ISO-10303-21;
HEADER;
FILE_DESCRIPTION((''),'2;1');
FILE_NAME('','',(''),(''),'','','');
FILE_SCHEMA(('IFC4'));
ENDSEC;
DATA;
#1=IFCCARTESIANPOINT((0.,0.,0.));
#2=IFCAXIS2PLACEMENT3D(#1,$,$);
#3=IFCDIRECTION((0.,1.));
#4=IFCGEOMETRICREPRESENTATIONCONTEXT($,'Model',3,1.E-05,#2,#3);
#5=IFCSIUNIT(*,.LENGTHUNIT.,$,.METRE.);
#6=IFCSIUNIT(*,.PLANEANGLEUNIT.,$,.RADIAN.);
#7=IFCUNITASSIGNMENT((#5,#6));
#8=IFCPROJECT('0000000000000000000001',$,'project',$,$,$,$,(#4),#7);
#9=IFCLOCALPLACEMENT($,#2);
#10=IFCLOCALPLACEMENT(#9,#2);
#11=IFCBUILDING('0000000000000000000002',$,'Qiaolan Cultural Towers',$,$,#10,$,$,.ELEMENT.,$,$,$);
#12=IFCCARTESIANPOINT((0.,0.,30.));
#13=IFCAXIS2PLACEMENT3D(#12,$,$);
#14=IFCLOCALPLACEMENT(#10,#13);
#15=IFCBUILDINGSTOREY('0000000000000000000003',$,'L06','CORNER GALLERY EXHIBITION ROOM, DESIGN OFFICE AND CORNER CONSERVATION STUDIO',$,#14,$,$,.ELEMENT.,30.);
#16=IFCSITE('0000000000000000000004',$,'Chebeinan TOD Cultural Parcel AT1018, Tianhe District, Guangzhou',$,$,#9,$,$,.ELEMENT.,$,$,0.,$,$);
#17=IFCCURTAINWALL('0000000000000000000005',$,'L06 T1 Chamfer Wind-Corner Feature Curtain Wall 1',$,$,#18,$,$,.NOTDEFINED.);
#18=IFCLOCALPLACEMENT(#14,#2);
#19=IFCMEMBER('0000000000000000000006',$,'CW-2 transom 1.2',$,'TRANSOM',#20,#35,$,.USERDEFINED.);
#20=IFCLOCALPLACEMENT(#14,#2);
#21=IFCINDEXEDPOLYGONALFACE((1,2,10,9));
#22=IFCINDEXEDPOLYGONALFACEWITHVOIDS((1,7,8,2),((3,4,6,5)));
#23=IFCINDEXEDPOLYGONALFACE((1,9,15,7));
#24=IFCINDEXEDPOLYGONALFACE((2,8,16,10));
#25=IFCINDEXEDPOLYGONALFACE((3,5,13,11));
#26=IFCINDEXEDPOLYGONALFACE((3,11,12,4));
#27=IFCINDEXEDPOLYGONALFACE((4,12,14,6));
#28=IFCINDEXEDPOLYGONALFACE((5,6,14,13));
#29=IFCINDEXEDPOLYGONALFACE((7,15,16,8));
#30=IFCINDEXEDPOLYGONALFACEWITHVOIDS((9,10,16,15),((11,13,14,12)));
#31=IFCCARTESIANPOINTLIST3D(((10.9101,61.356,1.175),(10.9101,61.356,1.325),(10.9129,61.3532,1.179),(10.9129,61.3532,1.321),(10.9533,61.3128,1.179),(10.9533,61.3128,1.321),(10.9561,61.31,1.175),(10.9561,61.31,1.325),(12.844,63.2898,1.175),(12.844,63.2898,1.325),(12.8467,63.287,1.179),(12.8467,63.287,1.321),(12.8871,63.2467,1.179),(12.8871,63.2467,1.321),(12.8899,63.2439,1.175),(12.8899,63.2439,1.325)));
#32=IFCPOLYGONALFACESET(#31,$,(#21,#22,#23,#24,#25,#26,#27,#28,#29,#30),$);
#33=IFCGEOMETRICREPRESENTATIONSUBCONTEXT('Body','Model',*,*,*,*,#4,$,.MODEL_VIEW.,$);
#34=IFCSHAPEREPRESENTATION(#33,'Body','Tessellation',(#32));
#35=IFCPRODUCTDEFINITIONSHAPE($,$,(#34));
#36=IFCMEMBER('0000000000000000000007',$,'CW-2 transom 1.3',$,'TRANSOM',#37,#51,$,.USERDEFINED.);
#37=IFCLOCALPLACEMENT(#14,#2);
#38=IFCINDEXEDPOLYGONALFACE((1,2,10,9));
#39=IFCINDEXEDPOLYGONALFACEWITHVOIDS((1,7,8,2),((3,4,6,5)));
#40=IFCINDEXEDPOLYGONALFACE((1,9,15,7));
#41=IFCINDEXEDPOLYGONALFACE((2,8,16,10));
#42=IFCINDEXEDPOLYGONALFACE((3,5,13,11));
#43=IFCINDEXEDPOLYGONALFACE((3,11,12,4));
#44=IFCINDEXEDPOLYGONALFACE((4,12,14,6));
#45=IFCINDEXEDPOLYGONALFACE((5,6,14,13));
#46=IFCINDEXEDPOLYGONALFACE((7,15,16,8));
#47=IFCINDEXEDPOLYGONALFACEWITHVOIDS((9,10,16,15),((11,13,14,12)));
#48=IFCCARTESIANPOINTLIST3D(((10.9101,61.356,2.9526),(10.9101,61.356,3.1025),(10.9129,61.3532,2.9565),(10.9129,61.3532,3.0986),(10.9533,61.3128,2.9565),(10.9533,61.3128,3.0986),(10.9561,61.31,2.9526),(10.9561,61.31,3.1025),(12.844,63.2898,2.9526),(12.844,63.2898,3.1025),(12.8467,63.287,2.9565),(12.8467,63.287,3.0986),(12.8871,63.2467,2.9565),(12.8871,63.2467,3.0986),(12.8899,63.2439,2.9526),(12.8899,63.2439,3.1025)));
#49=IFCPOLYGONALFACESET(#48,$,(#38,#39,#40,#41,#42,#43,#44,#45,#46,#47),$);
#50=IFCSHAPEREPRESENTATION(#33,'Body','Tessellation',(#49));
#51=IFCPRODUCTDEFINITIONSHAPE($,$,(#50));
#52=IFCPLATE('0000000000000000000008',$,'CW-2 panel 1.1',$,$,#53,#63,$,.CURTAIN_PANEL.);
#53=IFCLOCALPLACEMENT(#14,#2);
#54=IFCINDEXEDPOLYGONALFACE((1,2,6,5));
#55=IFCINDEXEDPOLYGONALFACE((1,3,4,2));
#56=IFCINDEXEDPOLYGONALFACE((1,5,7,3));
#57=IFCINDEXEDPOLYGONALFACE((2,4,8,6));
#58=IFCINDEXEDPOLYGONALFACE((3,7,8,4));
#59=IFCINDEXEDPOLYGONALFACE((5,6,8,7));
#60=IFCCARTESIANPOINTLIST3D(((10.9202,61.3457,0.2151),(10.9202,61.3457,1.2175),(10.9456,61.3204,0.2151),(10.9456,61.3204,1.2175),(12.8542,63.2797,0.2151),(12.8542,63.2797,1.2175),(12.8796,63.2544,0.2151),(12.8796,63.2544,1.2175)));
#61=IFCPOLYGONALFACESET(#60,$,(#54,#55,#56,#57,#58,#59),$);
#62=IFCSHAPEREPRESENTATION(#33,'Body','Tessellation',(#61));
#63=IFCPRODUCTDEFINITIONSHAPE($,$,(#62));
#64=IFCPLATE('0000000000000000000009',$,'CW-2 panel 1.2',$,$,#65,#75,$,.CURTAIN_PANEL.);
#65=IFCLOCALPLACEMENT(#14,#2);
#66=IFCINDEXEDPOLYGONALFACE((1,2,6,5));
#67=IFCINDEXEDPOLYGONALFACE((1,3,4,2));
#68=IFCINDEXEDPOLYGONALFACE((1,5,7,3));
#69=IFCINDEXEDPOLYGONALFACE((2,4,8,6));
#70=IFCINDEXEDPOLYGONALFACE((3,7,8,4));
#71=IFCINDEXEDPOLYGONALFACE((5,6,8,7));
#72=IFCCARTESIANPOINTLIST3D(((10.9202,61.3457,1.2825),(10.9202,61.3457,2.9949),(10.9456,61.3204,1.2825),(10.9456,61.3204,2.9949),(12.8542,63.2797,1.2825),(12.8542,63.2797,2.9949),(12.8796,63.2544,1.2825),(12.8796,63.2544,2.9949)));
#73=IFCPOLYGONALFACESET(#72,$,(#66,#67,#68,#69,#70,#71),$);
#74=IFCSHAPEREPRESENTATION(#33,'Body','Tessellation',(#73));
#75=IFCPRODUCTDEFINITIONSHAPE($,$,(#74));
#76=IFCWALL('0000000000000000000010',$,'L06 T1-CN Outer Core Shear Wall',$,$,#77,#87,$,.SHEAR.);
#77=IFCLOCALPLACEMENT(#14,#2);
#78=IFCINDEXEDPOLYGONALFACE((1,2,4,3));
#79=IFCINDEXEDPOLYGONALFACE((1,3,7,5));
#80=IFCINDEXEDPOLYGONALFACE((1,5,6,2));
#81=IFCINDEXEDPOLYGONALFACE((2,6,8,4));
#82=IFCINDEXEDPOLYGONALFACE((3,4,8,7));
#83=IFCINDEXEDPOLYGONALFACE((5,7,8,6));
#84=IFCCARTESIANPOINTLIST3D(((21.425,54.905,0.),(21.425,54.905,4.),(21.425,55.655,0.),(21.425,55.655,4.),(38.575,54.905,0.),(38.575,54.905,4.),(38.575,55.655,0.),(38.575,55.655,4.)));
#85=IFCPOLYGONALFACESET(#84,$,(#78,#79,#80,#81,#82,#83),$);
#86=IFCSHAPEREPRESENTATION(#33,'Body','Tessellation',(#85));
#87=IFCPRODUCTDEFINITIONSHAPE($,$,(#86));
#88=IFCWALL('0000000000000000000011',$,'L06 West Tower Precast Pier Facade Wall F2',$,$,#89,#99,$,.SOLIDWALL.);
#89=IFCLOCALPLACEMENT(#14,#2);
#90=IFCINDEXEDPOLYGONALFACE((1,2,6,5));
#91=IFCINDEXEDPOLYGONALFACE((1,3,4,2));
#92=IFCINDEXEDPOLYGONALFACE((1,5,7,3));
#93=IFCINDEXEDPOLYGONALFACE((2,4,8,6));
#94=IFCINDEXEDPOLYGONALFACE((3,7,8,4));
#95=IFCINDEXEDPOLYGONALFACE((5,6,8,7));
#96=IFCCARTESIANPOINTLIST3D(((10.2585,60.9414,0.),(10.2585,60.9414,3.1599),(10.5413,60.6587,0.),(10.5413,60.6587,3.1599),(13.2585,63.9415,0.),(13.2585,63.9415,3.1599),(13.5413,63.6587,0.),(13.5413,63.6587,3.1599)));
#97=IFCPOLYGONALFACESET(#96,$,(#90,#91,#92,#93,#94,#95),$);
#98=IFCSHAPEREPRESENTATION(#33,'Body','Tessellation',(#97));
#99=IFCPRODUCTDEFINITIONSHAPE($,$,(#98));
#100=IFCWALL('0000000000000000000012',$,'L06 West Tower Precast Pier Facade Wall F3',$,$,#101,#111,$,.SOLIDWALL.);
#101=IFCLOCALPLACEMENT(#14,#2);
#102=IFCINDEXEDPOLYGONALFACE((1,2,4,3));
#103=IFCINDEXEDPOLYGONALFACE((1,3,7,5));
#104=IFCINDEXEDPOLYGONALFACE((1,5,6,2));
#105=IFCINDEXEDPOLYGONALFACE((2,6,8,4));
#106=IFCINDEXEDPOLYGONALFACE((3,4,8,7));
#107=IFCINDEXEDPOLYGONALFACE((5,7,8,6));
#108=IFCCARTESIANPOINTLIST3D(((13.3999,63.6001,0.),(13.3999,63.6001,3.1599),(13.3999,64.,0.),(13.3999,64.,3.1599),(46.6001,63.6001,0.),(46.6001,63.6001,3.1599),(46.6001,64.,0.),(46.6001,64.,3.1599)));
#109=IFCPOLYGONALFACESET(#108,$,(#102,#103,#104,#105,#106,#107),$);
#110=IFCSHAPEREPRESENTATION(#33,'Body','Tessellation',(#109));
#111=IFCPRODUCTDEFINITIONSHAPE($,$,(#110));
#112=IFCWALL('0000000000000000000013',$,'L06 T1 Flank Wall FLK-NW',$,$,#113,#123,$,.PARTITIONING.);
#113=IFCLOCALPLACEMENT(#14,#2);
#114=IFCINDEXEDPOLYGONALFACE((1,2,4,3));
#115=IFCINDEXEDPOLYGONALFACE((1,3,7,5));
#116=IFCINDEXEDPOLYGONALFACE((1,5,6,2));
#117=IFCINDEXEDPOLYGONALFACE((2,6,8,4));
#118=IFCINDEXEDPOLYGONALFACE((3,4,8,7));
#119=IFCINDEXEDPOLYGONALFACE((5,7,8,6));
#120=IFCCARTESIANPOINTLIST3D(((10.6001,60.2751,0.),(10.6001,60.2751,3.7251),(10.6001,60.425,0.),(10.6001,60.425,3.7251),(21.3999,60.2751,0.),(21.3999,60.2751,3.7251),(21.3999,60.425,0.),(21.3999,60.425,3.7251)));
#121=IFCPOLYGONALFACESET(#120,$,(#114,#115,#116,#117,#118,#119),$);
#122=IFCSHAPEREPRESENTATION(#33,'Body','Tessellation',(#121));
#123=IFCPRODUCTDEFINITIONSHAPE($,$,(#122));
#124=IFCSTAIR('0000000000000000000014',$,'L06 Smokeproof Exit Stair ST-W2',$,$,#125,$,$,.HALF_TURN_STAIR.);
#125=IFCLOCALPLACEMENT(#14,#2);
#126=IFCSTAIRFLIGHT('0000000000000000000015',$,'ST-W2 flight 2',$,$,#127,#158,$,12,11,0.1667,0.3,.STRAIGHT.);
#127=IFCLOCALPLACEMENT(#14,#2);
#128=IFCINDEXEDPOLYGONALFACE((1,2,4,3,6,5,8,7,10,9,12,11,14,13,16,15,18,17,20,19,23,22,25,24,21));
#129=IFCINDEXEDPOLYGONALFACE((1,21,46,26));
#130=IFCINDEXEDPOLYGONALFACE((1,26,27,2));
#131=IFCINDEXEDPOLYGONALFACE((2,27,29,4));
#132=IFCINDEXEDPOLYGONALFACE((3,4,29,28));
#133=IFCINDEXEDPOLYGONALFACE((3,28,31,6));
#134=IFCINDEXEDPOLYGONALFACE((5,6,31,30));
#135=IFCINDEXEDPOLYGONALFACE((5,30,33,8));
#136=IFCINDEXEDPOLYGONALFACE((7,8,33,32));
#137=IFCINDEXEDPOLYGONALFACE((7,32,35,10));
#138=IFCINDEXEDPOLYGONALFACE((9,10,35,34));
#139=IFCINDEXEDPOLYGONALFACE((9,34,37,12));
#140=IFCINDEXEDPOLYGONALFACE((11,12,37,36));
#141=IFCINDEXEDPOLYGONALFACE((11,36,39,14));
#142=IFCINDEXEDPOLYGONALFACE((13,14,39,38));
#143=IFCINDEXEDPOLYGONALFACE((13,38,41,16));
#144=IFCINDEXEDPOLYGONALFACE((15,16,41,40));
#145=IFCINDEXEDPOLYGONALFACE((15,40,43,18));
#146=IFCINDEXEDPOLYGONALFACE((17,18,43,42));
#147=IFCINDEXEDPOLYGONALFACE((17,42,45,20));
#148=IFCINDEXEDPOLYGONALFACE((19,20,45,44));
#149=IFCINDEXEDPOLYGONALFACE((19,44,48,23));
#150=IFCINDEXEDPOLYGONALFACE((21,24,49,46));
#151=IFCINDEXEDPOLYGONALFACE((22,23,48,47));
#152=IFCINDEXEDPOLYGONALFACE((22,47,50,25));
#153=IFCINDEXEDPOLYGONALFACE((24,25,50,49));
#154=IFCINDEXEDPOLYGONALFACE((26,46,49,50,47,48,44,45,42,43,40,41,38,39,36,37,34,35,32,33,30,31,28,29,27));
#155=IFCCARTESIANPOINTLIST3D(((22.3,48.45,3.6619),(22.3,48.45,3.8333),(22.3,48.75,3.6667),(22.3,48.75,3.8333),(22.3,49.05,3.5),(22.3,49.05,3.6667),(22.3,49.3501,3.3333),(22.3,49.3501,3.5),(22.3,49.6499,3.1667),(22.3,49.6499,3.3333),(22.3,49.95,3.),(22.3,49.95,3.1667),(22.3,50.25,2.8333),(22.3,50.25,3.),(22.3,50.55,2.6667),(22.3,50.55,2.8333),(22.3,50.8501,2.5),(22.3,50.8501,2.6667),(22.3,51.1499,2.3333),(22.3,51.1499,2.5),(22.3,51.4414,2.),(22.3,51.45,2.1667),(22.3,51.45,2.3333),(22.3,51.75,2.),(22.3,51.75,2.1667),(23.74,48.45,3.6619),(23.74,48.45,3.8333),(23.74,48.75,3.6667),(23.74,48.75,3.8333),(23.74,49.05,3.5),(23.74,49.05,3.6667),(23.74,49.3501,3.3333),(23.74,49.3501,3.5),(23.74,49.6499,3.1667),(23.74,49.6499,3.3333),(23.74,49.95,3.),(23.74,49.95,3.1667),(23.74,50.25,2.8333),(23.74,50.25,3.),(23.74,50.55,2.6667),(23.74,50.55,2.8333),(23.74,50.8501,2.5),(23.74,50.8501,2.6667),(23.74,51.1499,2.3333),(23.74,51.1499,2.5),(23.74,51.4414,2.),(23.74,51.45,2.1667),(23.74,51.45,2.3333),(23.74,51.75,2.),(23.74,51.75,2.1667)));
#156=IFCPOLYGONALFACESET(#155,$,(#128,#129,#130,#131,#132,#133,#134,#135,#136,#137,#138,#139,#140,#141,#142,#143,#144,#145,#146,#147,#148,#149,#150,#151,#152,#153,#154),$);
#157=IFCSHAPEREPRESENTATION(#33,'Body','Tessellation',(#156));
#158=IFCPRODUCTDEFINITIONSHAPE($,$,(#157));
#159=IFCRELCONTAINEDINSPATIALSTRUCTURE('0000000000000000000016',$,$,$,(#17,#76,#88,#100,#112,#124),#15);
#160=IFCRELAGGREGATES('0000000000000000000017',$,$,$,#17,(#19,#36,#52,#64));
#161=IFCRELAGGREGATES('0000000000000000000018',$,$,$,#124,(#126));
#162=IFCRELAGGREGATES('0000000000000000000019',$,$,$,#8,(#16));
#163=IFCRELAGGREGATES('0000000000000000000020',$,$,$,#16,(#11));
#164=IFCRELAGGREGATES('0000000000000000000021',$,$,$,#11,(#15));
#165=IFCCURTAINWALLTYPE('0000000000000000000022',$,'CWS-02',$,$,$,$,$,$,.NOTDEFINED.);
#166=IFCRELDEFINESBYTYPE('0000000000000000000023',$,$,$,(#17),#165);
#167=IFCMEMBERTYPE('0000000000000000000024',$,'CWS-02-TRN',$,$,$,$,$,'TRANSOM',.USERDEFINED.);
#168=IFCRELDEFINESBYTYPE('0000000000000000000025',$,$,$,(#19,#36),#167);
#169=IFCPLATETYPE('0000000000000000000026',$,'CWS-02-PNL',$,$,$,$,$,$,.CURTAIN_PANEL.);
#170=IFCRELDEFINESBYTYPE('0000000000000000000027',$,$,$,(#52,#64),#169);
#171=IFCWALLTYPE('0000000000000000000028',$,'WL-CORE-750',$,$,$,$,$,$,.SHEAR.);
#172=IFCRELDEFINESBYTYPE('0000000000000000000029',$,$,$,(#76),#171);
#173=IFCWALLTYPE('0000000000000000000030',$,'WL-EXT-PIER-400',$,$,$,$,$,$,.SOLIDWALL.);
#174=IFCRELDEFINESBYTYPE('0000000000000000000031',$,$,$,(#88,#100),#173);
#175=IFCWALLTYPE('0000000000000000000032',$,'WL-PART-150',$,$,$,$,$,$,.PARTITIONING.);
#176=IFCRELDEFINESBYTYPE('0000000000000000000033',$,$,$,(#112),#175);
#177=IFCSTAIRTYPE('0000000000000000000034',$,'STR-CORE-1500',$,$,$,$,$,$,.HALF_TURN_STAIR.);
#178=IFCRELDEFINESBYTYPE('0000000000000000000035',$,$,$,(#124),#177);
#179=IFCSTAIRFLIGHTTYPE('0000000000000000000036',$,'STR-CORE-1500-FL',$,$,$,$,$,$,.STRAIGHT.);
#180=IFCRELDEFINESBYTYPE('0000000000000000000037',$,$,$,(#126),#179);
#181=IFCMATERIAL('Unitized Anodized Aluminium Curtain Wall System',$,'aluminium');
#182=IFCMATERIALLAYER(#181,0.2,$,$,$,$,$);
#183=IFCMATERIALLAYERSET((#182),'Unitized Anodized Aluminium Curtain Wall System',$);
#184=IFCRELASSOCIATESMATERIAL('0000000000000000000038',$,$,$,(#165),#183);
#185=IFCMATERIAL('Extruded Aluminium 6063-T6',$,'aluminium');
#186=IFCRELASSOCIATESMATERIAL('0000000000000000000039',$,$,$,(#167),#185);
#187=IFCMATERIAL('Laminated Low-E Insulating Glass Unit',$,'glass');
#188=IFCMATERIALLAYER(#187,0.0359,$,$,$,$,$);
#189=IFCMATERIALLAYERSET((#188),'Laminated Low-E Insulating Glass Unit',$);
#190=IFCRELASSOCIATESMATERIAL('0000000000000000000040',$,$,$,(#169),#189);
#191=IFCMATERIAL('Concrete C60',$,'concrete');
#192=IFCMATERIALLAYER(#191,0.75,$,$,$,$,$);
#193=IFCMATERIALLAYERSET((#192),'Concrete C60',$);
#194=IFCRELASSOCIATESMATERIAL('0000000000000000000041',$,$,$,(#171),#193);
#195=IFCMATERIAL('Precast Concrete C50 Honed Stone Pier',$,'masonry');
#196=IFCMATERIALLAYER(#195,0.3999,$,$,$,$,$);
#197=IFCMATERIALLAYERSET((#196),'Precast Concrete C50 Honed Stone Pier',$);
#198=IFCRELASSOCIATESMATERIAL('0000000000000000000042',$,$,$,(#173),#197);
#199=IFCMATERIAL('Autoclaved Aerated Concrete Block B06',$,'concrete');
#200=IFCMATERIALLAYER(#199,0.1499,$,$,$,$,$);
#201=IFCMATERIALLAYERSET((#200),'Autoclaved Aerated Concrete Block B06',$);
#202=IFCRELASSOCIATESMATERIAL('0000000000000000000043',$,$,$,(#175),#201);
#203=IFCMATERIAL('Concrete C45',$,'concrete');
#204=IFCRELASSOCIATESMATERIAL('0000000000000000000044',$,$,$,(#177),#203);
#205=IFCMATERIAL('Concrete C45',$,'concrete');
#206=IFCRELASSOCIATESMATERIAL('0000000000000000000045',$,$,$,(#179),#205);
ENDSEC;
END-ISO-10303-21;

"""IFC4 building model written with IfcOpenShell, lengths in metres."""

from ifc_helpers import new_model, si_unit, direction, frame, frame_2d, origin, origin_2d, place, context, subcontext, project, spatial, polyline, rectangle, hollow_rectangle, outline, extrude, material, layer, layer_set, material_profile, profile_set, type_object, element, aggregate, save


model = new_model("IFC4")

# Units and contexts
model_context = context("Model", 3, precision=1e-05, world=origin(), true_north=direction((0.0, 1.0)))
body_context = subcontext(model_context, "Body", "Model", "MODEL_VIEW")
ifc_project = project(units=[si_unit("LENGTHUNIT", "METRE"), si_unit("PLANEANGLEUNIT", "RADIAN")], contexts=[model_context])

# Site, building, storey
site_placement = place(None, origin())
site = spatial("IfcSite", under=ifc_project, at=site_placement, Name="Chebeinan TOD Cultural Parcel AT1018, Tianhe District, Guangzhou", CompositionType="ELEMENT", RefElevation=0.0)
building_placement = place(site_placement, origin())
building = spatial("IfcBuilding", under=site, at=building_placement, Name="Qiaolan Cultural Towers", CompositionType="ELEMENT")
storey_placement = place(building_placement, frame((0.0, 0.0, 30.0)))
storey = spatial("IfcBuildingStorey", under=building, at=storey_placement, Name="L06", Description="CORNER GALLERY EXHIBITION ROOM, DESIGN OFFICE AND CORNER CONSERVATION STUDIO", CompositionType="ELEMENT", Elevation=30.0)

# Curtain wall, members, plates
ifc_material_1 = material(Name="Unitized Anodized Aluminium Curtain Wall System", Category="aluminium")
ifc_layer_1 = layer(ifc_material_1, 0.2)
ifc_layer_set_1 = layer_set([ifc_layer_1], Name="Unitized Anodized Aluminium Curtain Wall System")
curtain_wall_type = type_object("IfcCurtainWallType", Name="CWS-02", PredefinedType="NOTDEFINED", material=ifc_layer_set_1)
curtain_wall_placement = place(storey_placement, origin())
curtain_wall = element("IfcCurtainWall", 1, at=curtain_wall_placement, inside=storey, type_object=curtain_wall_type, Name="L06 T1 Chamfer Wind-Corner Feature Curtain Wall 1", PredefinedType="NOTDEFINED")
ifc_material_2 = material(Name="Extruded Aluminium 6063-T6", Category="aluminium")
ifc_material_profile_1 = material_profile(ifc_material_2, hollow_rectangle(XDim=0.0649, YDim=0.1499, WallThickness=0.0039, at=origin_2d()), Name="CWT-150x65x4")
ifc_profile_set_1 = profile_set([ifc_material_profile_1], Name="Extruded Aluminium 6063-T6")
member_type_1 = type_object("IfcMemberType", Name="CWS-02-TRN", ElementType="TRANSOM", PredefinedType="USERDEFINED", material=ifc_profile_set_1)
member_1_placement = place(storey_placement, frame((10.9331, 61.333, 1.25), z_axis=(0.707107, 0.707107, 0.0), x_axis=(-0.707107, 0.707107, 0.0)))
member_1 = element("IfcMember", 2, at=member_1_placement, type_object=member_type_1, Name="CW-2 transom 1.2", ObjectType="TRANSOM", PredefinedType="USERDEFINED", context=body_context, shape_type="SweptSolid", body=[
    extrude(hollow_rectangle(XDim=0.0649, YDim=0.1499, WallThickness=0.0039, at=origin_2d()), origin(), (0.0, 0.0, 1.0), 2.7349),
])
member_2_placement = place(storey_placement, frame((10.9331, 61.333, 3.0276), z_axis=(0.707107, 0.707107, 0.0), x_axis=(-0.707107, 0.707107, 0.0)))
member_2 = element("IfcMember", 3, at=member_2_placement, type_object=member_type_1, Name="CW-2 transom 1.3", ObjectType="TRANSOM", PredefinedType="USERDEFINED", context=body_context, shape_type="SweptSolid", body=[
    extrude(hollow_rectangle(XDim=0.0649, YDim=0.1499, WallThickness=0.0039, at=origin_2d()), origin(), (0.0, 0.0, 1.0), 2.7349),
])
ifc_material_3 = material(Name="Laminated Low-E Insulating Glass Unit", Category="glass")
ifc_layer_2 = layer(ifc_material_3, 0.0359)
ifc_layer_set_2 = layer_set([ifc_layer_2], Name="Laminated Low-E Insulating Glass Unit")
plate_type = type_object("IfcPlateType", Name="CWS-02-PNL", PredefinedType="CURTAIN_PANEL", material=ifc_layer_set_2)
plate_1_placement = place(storey_placement, frame((11.8999, 62.3, 0.2151), z_axis=(0.0, 0.0, 1.0), x_axis=(0.707107, 0.707107, 0.0)))
plate_1 = element("IfcPlate", 4, at=plate_1_placement, type_object=plate_type, Name="CW-2 panel 1.1", PredefinedType="CURTAIN_PANEL", context=body_context, shape_type="SweptSolid", body=[
    extrude(rectangle(XDim=2.7351, YDim=0.0359, at=origin_2d()), origin(), (0.0, 0.0, 1.0), 1.0024),
])
plate_2_placement = place(storey_placement, frame((11.8999, 62.3, 1.2825), z_axis=(0.0, 0.0, 1.0), x_axis=(0.707107, 0.707107, 0.0)))
plate_2 = element("IfcPlate", 5, at=plate_2_placement, type_object=plate_type, Name="CW-2 panel 1.2", PredefinedType="CURTAIN_PANEL", context=body_context, shape_type="SweptSolid", body=[
    extrude(rectangle(XDim=2.7351, YDim=0.0359, at=origin_2d()), origin(), (0.0, 0.0, 1.0), 1.7124),
])
aggregate(curtain_wall, [member_1, member_2, plate_1, plate_2])

# Walls
ifc_material_4 = material(Name="Concrete C60", Category="concrete")
ifc_layer_3 = layer(ifc_material_4, 0.75)
ifc_layer_set_3 = layer_set([ifc_layer_3], Name="Concrete C60")
wall_type_1 = type_object("IfcWallType", Name="WL-CORE-750", PredefinedType="SHEAR", material=ifc_layer_set_3)
wall_1_placement = place(storey_placement, frame((21.425, 55.28, 0.0), z_axis=(0.0, 0.0, 1.0), x_axis=(1.0, 0.0, 0.0)))
element("IfcWall", 6, at=wall_1_placement, inside=storey, type_object=wall_type_1, Name="L06 T1-CN Outer Core Shear Wall", PredefinedType="SHEAR", context=body_context, shape_type="SweptSolid", body=[
    extrude(rectangle(XDim=17.1499, YDim=0.75, at=frame_2d((8.575, 0.0))), origin(), (0.0, 0.0, 1.0), 4.0),
])
ifc_material_5 = material(Name="Precast Concrete C50 Honed Stone Pier", Category="masonry")
ifc_layer_4 = layer(ifc_material_5, 0.3999)
ifc_layer_set_4 = layer_set([ifc_layer_4], Name="Precast Concrete C50 Honed Stone Pier")
wall_type_2 = type_object("IfcWallType", Name="WL-EXT-PIER-400", PredefinedType="SOLIDWALL", material=ifc_layer_set_4)
wall_2_placement = place(storey_placement, frame((10.3999, 60.8, 0.0), z_axis=(0.0, 0.0, 1.0), x_axis=(0.707107, 0.707107, 0.0)))
element("IfcWall", 7, at=wall_2_placement, inside=storey, type_object=wall_type_2, Name="L06 West Tower Precast Pier Facade Wall F2", PredefinedType="SOLIDWALL", context=body_context, shape_type="SweptSolid", body=[
    extrude(rectangle(XDim=4.2427, YDim=0.3999, at=frame_2d((2.1213, 0.0))), origin(), (0.0, 0.0, 1.0), 3.1599),
])
wall_3_placement = place(storey_placement, frame((13.3999, 63.8, 0.0), z_axis=(0.0, 0.0, 1.0), x_axis=(1.0, 0.0, 0.0)))
element("IfcWall", 8, at=wall_3_placement, inside=storey, type_object=wall_type_2, Name="L06 West Tower Precast Pier Facade Wall F3", PredefinedType="SOLIDWALL", context=body_context, shape_type="SweptSolid", body=[
    extrude(rectangle(XDim=33.2002, YDim=0.3999, at=frame_2d((16.6001, 0.0))), origin(), (0.0, 0.0, 1.0), 3.1599),
])
ifc_material_6 = material(Name="Autoclaved Aerated Concrete Block B06", Category="concrete")
ifc_layer_5 = layer(ifc_material_6, 0.1499)
ifc_layer_set_5 = layer_set([ifc_layer_5], Name="Autoclaved Aerated Concrete Block B06")
wall_type_3 = type_object("IfcWallType", Name="WL-PART-150", PredefinedType="PARTITIONING", material=ifc_layer_set_5)
wall_4_placement = place(storey_placement, frame((10.6001, 60.3501, 0.0), z_axis=(0.0, 0.0, 1.0), x_axis=(1.0, 0.0, 0.0)))
element("IfcWall", 9, at=wall_4_placement, inside=storey, type_object=wall_type_3, Name="L06 T1 Flank Wall FLK-NW", PredefinedType="PARTITIONING", context=body_context, shape_type="SweptSolid", body=[
    extrude(rectangle(XDim=10.7998, YDim=0.1499, at=frame_2d((5.3999, 0.0))), origin(), (0.0, 0.0, 1.0), 3.7251),
])

# Stair, stair flight
ifc_material_7 = material(Name="Concrete C45", Category="concrete")
stair_type = type_object("IfcStairType", Name="STR-CORE-1500", PredefinedType="HALF_TURN_STAIR", material=ifc_material_7)
stair_placement = place(storey_placement, origin())
stair = element("IfcStair", 10, at=stair_placement, inside=storey, type_object=stair_type, Name="L06 Smokeproof Exit Stair ST-W2", PredefinedType="HALF_TURN_STAIR")
ifc_material_8 = material(Name="Concrete C45", Category="concrete")
stair_flight_type = type_object("IfcStairFlightType", Name="STR-CORE-1500-FL", PredefinedType="STRAIGHT", material=ifc_material_8)
stair_flight_placement = place(storey_placement, frame((23.02, 51.75, 2.0), z_axis=(0.0, 0.0, 1.0), x_axis=(0.0, -1.0, 0.0)))
stair_flight = element("IfcStairFlight", 11, at=stair_flight_placement, type_object=stair_flight_type, Name="ST-W2 flight 2", NumberOfRisers=12, NumberOfTreads=11, PredefinedType="STRAIGHT", RiserHeight=0.1667, TreadLength=0.3, context=body_context, shape_type="SweptSolid", body=[
    extrude(outline(polyline([(0.0, 0.0), (0.0, 0.1667), (0.3, 0.1667), (0.3, 0.3333), (0.6001, 0.3333), (0.6001, 0.5), (0.8999, 0.5), (0.8999, 0.6667), (1.2, 0.6667), (1.2, 0.8333), (1.5, 0.8333), (1.5, 1.0), (1.8, 1.0), (1.8, 1.1667), (2.1001, 1.1667), (2.1001, 1.3333), (2.3999, 1.3333), (2.3999, 1.5), (2.7, 1.5), (2.7, 1.6667), (3.0, 1.6667), (3.0, 1.8333), (3.3, 1.8333), (3.3, 2.0), (3.3, 1.6619), (0.3086, 0.0), (0.0, 0.0)])), frame((0.0, 0.72, 0.0), z_axis=(0.0, -1.0, 0.0), x_axis=(1.0, 0.0, 0.0)), (0.0, 0.0, 1.0), 1.4399),
])
aggregate(stair, [stair_flight])

save(model, "model.ifc")
